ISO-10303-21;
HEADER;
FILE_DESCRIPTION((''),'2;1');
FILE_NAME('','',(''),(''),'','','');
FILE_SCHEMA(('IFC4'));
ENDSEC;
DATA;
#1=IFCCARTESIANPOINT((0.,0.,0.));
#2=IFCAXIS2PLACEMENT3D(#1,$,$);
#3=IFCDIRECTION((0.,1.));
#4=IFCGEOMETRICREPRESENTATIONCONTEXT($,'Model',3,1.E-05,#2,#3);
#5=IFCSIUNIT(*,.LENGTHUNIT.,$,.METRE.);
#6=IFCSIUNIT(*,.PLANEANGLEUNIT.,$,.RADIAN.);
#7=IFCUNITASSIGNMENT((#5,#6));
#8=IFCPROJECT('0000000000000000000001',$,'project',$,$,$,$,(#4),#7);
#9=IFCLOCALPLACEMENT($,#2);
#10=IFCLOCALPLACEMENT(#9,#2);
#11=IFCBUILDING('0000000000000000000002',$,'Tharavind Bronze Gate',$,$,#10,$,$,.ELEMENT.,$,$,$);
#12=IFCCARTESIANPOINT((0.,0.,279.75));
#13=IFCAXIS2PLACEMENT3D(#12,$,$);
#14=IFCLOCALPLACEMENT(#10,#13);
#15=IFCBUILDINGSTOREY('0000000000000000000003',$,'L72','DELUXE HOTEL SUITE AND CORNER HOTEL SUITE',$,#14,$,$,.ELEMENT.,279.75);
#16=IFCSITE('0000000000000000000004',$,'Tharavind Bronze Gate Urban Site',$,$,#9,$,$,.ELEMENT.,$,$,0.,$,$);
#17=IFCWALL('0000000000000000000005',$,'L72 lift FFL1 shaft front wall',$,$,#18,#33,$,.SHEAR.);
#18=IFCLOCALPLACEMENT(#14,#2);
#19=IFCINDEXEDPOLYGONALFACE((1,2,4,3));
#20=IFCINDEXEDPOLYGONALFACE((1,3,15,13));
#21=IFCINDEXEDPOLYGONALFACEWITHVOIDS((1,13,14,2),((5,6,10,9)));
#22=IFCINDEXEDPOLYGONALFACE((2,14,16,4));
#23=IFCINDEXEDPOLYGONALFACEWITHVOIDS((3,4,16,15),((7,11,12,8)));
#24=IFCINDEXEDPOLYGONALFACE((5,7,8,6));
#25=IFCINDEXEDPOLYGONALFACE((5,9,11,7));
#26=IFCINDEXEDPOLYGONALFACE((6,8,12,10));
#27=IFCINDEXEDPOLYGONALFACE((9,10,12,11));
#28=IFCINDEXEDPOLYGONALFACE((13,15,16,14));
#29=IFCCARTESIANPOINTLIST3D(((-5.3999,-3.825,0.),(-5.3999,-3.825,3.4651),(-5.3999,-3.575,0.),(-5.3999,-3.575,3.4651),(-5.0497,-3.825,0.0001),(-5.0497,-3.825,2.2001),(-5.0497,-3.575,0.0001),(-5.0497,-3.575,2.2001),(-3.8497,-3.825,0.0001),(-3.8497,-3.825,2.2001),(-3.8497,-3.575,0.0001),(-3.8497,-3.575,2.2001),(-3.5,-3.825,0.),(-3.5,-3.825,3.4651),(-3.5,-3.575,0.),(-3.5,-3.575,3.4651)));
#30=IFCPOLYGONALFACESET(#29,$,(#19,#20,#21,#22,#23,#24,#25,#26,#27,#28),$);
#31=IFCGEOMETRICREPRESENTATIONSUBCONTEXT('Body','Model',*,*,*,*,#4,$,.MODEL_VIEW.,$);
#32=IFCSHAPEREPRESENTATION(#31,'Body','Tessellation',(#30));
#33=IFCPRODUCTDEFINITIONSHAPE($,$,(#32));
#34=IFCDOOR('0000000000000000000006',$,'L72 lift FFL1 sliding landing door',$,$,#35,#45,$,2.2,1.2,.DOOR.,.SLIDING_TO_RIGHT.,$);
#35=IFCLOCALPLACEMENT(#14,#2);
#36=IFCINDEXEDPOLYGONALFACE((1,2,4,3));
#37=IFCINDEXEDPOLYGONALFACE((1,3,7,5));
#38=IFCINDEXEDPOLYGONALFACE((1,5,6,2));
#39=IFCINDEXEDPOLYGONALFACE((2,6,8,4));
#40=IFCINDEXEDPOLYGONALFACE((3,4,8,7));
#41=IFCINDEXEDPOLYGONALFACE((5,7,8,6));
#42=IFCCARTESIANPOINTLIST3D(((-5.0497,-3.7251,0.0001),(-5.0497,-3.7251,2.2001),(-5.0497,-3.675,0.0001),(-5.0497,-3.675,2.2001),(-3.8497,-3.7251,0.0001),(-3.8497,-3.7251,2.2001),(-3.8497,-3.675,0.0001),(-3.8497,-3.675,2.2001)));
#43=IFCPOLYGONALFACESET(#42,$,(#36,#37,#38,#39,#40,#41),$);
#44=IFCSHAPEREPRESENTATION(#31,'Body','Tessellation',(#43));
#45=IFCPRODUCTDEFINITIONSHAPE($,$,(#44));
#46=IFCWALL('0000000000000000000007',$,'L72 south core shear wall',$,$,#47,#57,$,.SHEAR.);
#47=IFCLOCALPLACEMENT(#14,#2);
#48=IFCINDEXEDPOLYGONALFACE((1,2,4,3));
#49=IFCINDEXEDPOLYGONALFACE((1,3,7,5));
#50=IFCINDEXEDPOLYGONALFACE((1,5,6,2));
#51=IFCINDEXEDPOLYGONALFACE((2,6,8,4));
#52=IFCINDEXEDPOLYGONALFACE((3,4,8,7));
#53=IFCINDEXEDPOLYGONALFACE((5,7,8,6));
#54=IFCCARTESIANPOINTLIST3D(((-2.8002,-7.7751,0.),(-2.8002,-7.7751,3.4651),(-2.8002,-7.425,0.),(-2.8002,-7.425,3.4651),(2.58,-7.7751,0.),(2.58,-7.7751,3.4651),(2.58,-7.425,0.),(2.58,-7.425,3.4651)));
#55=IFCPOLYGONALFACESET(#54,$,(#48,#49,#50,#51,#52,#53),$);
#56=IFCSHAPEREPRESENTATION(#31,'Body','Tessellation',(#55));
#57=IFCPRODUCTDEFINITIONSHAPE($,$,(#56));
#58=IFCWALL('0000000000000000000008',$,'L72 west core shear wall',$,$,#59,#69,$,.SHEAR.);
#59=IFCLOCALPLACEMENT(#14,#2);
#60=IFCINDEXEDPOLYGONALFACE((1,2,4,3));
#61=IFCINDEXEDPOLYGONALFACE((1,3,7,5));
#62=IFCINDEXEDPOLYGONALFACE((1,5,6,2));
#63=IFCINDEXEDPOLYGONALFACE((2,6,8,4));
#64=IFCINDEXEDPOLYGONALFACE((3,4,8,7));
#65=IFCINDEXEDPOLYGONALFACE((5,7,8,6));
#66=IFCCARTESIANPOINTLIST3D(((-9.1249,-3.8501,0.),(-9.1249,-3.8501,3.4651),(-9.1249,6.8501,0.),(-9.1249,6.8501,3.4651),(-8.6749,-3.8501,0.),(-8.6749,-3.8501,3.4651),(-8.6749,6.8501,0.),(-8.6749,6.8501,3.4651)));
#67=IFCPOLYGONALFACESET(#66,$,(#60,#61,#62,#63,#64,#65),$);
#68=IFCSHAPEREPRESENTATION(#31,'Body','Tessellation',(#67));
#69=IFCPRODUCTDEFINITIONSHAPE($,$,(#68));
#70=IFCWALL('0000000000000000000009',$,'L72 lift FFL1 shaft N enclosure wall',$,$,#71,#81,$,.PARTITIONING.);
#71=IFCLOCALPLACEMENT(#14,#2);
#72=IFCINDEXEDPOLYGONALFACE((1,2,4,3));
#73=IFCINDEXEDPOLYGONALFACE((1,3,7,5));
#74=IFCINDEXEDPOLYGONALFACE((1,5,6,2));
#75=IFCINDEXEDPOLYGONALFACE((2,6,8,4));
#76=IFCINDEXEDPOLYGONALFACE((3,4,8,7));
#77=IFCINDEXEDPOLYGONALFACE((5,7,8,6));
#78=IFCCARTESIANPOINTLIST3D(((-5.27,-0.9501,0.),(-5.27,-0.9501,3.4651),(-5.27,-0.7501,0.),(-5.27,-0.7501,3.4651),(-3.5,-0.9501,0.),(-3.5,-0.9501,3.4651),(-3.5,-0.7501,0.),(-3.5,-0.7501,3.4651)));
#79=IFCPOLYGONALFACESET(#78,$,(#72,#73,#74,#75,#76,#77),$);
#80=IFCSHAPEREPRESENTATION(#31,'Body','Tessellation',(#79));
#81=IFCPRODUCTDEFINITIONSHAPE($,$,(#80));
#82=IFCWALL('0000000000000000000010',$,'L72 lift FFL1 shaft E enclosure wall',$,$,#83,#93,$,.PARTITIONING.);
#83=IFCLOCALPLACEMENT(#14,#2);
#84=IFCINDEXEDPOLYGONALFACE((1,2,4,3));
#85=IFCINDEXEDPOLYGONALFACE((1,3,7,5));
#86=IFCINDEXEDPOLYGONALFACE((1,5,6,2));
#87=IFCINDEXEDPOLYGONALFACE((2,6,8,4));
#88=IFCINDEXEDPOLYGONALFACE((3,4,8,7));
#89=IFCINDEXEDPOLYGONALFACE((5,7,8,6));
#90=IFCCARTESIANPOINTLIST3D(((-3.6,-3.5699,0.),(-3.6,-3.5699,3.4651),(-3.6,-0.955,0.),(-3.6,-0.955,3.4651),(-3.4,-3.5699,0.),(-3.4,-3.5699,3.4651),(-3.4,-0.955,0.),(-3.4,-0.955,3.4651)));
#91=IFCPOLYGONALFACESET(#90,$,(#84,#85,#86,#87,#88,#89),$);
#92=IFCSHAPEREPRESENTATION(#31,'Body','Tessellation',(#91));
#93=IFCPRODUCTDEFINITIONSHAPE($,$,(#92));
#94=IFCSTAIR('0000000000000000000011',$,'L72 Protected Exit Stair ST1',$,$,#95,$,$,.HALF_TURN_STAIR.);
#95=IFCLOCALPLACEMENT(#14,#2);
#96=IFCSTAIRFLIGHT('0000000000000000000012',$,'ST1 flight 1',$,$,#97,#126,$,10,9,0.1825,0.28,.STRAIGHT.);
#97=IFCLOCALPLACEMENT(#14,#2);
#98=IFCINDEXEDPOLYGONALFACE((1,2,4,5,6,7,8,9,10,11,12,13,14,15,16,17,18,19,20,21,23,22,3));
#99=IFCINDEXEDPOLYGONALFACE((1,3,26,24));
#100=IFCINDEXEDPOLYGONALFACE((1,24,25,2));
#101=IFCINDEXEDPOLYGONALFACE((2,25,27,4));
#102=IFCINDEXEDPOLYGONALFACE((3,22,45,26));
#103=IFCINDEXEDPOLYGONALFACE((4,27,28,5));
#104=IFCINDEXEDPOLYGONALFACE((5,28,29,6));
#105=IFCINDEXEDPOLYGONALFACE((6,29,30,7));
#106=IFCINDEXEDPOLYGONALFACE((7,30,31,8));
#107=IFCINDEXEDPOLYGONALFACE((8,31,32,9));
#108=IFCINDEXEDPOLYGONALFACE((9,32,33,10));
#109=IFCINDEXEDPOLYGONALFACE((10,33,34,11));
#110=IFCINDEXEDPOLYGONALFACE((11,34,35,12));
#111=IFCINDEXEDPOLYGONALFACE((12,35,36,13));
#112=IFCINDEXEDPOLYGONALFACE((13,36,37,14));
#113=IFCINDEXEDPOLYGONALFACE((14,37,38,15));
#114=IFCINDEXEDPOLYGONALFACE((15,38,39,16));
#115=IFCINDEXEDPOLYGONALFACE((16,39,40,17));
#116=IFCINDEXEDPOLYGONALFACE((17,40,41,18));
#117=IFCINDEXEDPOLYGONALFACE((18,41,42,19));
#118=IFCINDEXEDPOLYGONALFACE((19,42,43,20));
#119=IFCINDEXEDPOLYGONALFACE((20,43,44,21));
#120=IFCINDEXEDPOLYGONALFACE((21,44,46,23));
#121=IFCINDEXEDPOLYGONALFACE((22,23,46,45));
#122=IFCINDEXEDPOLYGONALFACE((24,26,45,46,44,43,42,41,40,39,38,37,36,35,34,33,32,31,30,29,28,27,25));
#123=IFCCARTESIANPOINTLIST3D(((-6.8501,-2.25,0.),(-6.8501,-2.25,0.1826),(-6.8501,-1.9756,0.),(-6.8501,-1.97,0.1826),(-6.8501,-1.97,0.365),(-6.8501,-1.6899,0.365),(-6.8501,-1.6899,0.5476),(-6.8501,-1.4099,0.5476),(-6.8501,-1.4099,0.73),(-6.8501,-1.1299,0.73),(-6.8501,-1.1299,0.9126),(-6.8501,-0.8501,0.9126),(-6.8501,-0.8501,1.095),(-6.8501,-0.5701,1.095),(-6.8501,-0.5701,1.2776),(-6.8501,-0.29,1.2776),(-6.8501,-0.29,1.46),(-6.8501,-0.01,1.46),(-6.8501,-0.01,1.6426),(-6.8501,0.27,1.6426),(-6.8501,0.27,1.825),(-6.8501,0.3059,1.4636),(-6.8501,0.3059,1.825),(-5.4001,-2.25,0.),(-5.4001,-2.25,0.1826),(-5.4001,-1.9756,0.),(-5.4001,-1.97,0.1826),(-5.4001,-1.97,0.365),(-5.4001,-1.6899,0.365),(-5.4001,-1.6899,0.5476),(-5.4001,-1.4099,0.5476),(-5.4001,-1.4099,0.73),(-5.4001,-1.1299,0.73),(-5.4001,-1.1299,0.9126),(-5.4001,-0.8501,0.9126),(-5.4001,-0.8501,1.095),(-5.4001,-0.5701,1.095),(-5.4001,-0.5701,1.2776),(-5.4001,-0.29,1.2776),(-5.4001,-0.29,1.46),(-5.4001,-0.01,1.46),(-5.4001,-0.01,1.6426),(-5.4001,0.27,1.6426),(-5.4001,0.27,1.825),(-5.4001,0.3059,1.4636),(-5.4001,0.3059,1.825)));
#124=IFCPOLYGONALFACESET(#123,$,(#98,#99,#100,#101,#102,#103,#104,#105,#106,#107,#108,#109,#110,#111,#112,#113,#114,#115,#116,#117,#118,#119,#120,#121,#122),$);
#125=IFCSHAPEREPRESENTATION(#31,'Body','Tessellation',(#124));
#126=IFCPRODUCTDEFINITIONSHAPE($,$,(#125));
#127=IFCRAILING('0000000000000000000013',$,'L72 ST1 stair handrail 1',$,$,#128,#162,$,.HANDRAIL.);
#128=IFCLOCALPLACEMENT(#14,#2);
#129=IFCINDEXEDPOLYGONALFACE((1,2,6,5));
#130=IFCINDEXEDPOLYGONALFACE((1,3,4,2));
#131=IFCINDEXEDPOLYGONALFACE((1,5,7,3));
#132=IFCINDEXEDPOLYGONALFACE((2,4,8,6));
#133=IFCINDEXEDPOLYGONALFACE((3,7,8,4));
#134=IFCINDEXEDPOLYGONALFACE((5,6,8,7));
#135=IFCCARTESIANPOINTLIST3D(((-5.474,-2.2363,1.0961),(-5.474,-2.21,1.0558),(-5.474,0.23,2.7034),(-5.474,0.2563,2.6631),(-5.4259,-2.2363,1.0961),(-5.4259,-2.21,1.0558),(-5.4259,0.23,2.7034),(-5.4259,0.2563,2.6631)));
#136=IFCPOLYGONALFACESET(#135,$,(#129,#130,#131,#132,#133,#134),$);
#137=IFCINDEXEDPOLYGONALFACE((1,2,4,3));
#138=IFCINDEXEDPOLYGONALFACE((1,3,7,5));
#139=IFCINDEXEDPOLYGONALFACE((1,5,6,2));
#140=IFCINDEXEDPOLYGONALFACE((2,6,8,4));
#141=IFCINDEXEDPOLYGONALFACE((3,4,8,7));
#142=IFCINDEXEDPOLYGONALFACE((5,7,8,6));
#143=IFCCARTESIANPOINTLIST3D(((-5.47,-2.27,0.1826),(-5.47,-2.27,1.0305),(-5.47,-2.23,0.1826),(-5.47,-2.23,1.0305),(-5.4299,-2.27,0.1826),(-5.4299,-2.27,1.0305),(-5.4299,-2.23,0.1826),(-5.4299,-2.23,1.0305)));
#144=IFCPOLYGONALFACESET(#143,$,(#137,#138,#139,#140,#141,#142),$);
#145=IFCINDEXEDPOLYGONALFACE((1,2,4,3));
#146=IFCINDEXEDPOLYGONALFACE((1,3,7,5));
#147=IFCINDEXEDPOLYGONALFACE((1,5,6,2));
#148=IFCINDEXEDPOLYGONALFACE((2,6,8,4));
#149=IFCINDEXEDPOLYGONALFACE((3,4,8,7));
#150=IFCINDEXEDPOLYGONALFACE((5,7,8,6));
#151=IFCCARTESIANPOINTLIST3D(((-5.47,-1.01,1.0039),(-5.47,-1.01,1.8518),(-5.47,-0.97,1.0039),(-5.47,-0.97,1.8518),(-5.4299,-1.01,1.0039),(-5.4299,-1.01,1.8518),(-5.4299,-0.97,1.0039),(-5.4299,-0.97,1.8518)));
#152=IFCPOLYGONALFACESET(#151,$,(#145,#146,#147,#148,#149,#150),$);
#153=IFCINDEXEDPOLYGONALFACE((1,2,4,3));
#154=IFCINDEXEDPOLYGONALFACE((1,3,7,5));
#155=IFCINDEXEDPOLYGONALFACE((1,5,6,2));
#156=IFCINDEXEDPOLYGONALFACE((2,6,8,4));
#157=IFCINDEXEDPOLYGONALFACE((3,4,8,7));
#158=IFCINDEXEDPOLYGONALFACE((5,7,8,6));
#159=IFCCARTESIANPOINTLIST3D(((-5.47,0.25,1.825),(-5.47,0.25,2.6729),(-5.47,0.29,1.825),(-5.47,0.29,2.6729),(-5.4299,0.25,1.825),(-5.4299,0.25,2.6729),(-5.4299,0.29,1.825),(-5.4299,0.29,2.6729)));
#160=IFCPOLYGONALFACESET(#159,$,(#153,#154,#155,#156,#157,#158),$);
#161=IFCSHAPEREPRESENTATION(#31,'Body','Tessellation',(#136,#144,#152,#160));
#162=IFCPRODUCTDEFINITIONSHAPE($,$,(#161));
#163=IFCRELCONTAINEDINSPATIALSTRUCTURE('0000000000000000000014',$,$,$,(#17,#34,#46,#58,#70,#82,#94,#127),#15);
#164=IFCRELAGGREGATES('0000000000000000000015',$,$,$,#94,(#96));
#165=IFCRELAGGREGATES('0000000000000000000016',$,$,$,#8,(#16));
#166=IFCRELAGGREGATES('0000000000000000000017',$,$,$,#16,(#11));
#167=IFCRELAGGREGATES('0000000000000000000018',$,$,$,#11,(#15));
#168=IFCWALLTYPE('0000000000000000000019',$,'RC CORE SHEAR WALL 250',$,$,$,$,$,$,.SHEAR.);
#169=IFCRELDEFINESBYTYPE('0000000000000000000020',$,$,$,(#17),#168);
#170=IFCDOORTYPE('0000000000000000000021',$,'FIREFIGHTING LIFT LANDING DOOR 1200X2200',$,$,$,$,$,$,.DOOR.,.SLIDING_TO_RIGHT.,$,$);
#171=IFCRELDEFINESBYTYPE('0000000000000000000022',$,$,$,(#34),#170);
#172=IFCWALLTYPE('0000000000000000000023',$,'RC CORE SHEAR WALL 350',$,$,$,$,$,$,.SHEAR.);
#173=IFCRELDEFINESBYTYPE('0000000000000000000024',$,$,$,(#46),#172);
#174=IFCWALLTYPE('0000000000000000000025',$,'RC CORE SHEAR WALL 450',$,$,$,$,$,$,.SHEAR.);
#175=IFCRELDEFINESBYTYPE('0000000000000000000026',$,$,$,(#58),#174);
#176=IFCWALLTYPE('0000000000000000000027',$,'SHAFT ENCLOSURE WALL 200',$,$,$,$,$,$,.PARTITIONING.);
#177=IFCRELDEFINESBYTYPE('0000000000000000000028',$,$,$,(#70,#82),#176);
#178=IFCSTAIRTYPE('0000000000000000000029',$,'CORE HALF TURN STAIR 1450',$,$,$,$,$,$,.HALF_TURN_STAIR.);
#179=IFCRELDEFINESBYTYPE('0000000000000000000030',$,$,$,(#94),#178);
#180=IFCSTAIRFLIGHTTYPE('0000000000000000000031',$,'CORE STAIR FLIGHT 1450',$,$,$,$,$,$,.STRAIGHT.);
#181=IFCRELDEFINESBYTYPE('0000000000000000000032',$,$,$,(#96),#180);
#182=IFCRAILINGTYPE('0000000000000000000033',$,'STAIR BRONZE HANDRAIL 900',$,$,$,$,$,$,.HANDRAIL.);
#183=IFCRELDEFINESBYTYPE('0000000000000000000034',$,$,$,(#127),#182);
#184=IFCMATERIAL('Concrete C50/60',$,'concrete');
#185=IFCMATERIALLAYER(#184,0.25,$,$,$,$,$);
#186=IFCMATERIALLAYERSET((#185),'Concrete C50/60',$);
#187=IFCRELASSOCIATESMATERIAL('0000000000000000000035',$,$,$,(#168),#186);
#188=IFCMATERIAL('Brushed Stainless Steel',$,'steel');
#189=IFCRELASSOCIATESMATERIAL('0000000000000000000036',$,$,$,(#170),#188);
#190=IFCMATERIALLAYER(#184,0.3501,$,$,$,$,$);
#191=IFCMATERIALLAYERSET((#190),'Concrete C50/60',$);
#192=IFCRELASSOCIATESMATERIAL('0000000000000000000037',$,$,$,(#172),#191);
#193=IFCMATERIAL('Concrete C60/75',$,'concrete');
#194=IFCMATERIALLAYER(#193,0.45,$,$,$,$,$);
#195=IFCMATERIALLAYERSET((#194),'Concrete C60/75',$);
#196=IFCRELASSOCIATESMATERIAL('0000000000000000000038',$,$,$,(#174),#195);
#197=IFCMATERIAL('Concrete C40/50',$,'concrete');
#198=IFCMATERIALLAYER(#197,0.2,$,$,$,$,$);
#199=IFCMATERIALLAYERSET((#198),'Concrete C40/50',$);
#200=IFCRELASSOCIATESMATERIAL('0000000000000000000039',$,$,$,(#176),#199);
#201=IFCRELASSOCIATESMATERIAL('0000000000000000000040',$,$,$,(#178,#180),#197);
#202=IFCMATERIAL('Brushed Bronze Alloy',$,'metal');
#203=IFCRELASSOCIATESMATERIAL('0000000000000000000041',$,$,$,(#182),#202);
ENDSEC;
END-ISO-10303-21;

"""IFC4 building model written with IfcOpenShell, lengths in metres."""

from ifc_helpers import new_model, si_unit, direction, frame, frame_2d, origin, origin_2d, place, context, subcontext, project, spatial, polyline, rectangle, outline, extrude, material, layer, layer_set, type_object, element, fill, aggregate, save


model = new_model("IFC4")

# Units and contexts
model_context = context("Model", 3, precision=1e-05, world=origin(), true_north=direction((0.0, 1.0)))
body_context = subcontext(model_context, "Body", "Model", "MODEL_VIEW")
ifc_project = project(units=[si_unit("LENGTHUNIT", "METRE"), si_unit("PLANEANGLEUNIT", "RADIAN")], contexts=[model_context])

# Site, building, storey
site_placement = place(None, origin())
site = spatial("IfcSite", under=ifc_project, at=site_placement, Name="Tharavind Bronze Gate Urban Site", CompositionType="ELEMENT", RefElevation=0.0)
building_placement = place(site_placement, origin())
building = spatial("IfcBuilding", under=site, at=building_placement, Name="Tharavind Bronze Gate", CompositionType="ELEMENT")
storey_placement = place(building_placement, frame((0.0, 0.0, 279.75)))
storey = spatial("IfcBuildingStorey", under=building, at=storey_placement, Name="L72", Description="DELUXE HOTEL SUITE AND CORNER HOTEL SUITE", CompositionType="ELEMENT", Elevation=279.75)

# Shared definitions
ifc_material_1 = material(Name="Concrete C50/60", Category="concrete")

# Shared definitions
ifc_layer_1 = layer(ifc_material_1, 0.25)
ifc_layer_set_1 = layer_set([ifc_layer_1], Name="Concrete C50/60")
wall_type_1 = type_object("IfcWallType", Name="RC CORE SHEAR WALL 250", PredefinedType="SHEAR", material=ifc_layer_set_1)

# Wall, opening, door
wall_1_placement = place(storey_placement, frame((-5.3999, -3.7, 0.0), z_axis=(0.0, 0.0, 1.0), x_axis=(1.0, 0.0, 0.0)))
wall_1 = element("IfcWall", 1, at=wall_1_placement, inside=storey, type_object=wall_type_1, Name="L72 lift FFL1 shaft front wall", PredefinedType="SHEAR", context=body_context, shape_type="SweptSolid", body=[
    extrude(rectangle(XDim=1.8999, YDim=0.25, at=frame_2d((0.95, 0.0))), origin(), (0.0, 0.0, 1.0), 3.4651),
])
opening_1_placement = place(wall_1_placement, frame((0.3501, 0.0, 0.0)))
opening_1 = element("IfcOpeningElement", 2, at=opening_1_placement, cuts=wall_1, PredefinedType="OPENING", context=body_context, shape_type="SweptSolid", body=[
    extrude(rectangle(XDim=1.2, YDim=2.2, at=frame_2d((0.6001, 1.1001))), frame((0.0, 0.135, 0.0), z_axis=(0.0, -1.0, 0.0), x_axis=(1.0, 0.0, 0.0)), (0.0, 0.0, 1.0), 0.27),
])
ifc_material_2 = material(Name="Brushed Stainless Steel", Category="steel")
door_type_1 = type_object("IfcDoorType", Name="FIREFIGHTING LIFT LANDING DOOR 1200X2200", OperationType="SLIDING_TO_RIGHT", PredefinedType="DOOR", material=ifc_material_2)
door_1_placement = place(opening_1_placement, origin())
door_1 = element("IfcDoor", 3, at=door_1_placement, inside=storey, type_object=door_type_1, Name="L72 lift FFL1 sliding landing door", OperationType="SLIDING_TO_RIGHT", OverallHeight=2.2, OverallWidth=1.2, PredefinedType="DOOR", context=body_context, shape_type="SweptSolid", body=[
    extrude(rectangle(XDim=1.2, YDim=2.2, at=frame_2d((0.6001, 1.1001))), frame((0.0, 0.0249, 0.0), z_axis=(0.0, -1.0, 0.0), x_axis=(1.0, 0.0, 0.0)), (0.0, 0.0, 1.0), 0.05),
])
fill(opening_1, door_1)

# Walls
ifc_layer_2 = layer(ifc_material_1, 0.3501)
ifc_layer_set_2 = layer_set([ifc_layer_2], Name="Concrete C50/60")
wall_type_2 = type_object("IfcWallType", Name="RC CORE SHEAR WALL 350", PredefinedType="SHEAR", material=ifc_layer_set_2)
wall_2_placement = place(storey_placement, frame((-2.8, -7.6001, 0.0), z_axis=(0.0, 0.0, 1.0), x_axis=(1.0, 0.0, 0.0)))
element("IfcWall", 4, at=wall_2_placement, inside=storey, type_object=wall_type_2, Name="L72 south core shear wall", PredefinedType="SHEAR", context=body_context, shape_type="SweptSolid", body=[
    extrude(rectangle(XDim=5.3801, YDim=0.3501, at=frame_2d((2.6899, 0.0))), origin(), (0.0, 0.0, 1.0), 3.4651),
])
ifc_material_3 = material(Name="Concrete C60/75", Category="concrete")
ifc_layer_3 = layer(ifc_material_3, 0.45)
ifc_layer_set_3 = layer_set([ifc_layer_3], Name="Concrete C60/75")
wall_type_3 = type_object("IfcWallType", Name="RC CORE SHEAR WALL 450", PredefinedType="SHEAR", material=ifc_layer_set_3)
wall_3_placement = place(storey_placement, frame((-8.8999, -3.8501, 0.0), z_axis=(0.0, 0.0, 1.0), x_axis=(0.0, 1.0, 0.0)))
element("IfcWall", 5, at=wall_3_placement, inside=storey, type_object=wall_type_3, Name="L72 west core shear wall", PredefinedType="SHEAR", context=body_context, shape_type="SweptSolid", body=[
    extrude(rectangle(XDim=10.7002, YDim=0.45, at=frame_2d((5.3501, 0.0))), origin(), (0.0, 0.0, 1.0), 3.4651),
])
ifc_material_4 = material(Name="Concrete C40/50", Category="concrete")
ifc_layer_4 = layer(ifc_material_4, 0.2)
ifc_layer_set_4 = layer_set([ifc_layer_4], Name="Concrete C40/50")
wall_type_4 = type_object("IfcWallType", Name="SHAFT ENCLOSURE WALL 200", PredefinedType="PARTITIONING", material=ifc_layer_set_4)
wall_4_placement = place(storey_placement, frame((-5.27, -0.8501, 0.0), z_axis=(0.0, 0.0, 1.0), x_axis=(1.0, 0.0, 0.0)))
element("IfcWall", 6, at=wall_4_placement, inside=storey, type_object=wall_type_4, Name="L72 lift FFL1 shaft N enclosure wall", PredefinedType="PARTITIONING", context=body_context, shape_type="SweptSolid", body=[
    extrude(rectangle(XDim=1.77, YDim=0.2, at=frame_2d((0.885, 0.0))), origin(), (0.0, 0.0, 1.0), 3.4651),
])
wall_5_placement = place(storey_placement, frame((-3.5, -3.5701, 0.0), z_axis=(0.0, 0.0, 1.0), x_axis=(0.0, 1.0, 0.0)))
element("IfcWall", 7, at=wall_5_placement, inside=storey, type_object=wall_type_4, Name="L72 lift FFL1 shaft E enclosure wall", PredefinedType="PARTITIONING", context=body_context, shape_type="SweptSolid", body=[
    extrude(rectangle(XDim=2.615, YDim=0.2, at=frame_2d((1.3076, 0.0))), origin(), (0.0, 0.0, 1.0), 3.4651),
])

# Stair, stair flight
stair_type = type_object("IfcStairType", Name="CORE HALF TURN STAIR 1450", PredefinedType="HALF_TURN_STAIR", material=ifc_material_4)
stair_placement = place(storey_placement, origin())
stair = element("IfcStair", 8, at=stair_placement, inside=storey, type_object=stair_type, Name="L72 Protected Exit Stair ST1", PredefinedType="HALF_TURN_STAIR")
stair_flight_type = type_object("IfcStairFlightType", Name="CORE STAIR FLIGHT 1450", PredefinedType="STRAIGHT", material=ifc_material_4)
stair_flight_placement = place(storey_placement, frame((-6.125, -2.25, 0.0), z_axis=(0.0, 0.0, 1.0), x_axis=(0.0, 1.0, 0.0)))
stair_flight = element("IfcStairFlight", 9, at=stair_flight_placement, type_object=stair_flight_type, Name="ST1 flight 1", NumberOfRisers=10, NumberOfTreads=9, PredefinedType="STRAIGHT", RiserHeight=0.1825, TreadLength=0.28, context=body_context, shape_type="SweptSolid", body=[
    extrude(outline(polyline([(0.0, 0.0), (0.0, 0.1826), (0.28, 0.1826), (0.28, 0.365), (0.5601, 0.365), (0.5601, 0.5476), (0.8401, 0.5476), (0.8401, 0.73), (1.1201, 0.73), (1.1201, 0.9126), (1.3999, 0.9126), (1.3999, 1.095), (1.6799, 1.095), (1.6799, 1.2776), (1.96, 1.2776), (1.96, 1.46), (2.24, 1.46), (2.24, 1.6426), (2.52, 1.6426), (2.52, 1.825), (2.5559, 1.825), (2.5559, 1.4636), (0.2744, 0.0), (0.0, 0.0)])), frame((0.0, 0.7251, 0.0), z_axis=(0.0, -1.0, 0.0), x_axis=(1.0, 0.0, 0.0)), (0.0, 0.0, 1.0), 1.45),
])
aggregate(stair, [stair_flight])

# Railing
ifc_material_5 = material(Name="Brushed Bronze Alloy", Category="metal")
railing_type_1 = type_object("IfcRailingType", Name="STAIR BRONZE HANDRAIL 900", PredefinedType="HANDRAIL", material=ifc_material_5)
railing_1_placement = place(storey_placement, frame((-5.45, -2.25, 0.1826)))
element("IfcRailing", 10, at=railing_1_placement, inside=storey, type_object=railing_type_1, Name="L72 ST1 stair handrail 1", PredefinedType="HANDRAIL", context=body_context, shape_type="SweptSolid", body=[
    extrude(rectangle(XDim=0.0481, YDim=0.0481, at=origin_2d()), frame((0.0, 0.0269, 0.8933), z_axis=(0.0, 0.837787, 0.545998), x_axis=(-1.0, 0.0, 0.0)), (0.0, 0.0, 1.0), 2.9438),
    extrude(rectangle(XDim=0.04, YDim=0.04, at=origin_2d()), origin(), (0.0, 0.0, 1.0), 0.8479),
    extrude(rectangle(XDim=0.04, YDim=0.04, at=origin_2d()), frame((0.0, 1.26, 0.8213)), (0.0, 0.0, 1.0), 0.8479),
    extrude(rectangle(XDim=0.04, YDim=0.04, at=origin_2d()), frame((0.0, 2.52, 1.6423)), (0.0, 0.0, 1.0), 0.8479),
])

save(model, "model.ifc")
